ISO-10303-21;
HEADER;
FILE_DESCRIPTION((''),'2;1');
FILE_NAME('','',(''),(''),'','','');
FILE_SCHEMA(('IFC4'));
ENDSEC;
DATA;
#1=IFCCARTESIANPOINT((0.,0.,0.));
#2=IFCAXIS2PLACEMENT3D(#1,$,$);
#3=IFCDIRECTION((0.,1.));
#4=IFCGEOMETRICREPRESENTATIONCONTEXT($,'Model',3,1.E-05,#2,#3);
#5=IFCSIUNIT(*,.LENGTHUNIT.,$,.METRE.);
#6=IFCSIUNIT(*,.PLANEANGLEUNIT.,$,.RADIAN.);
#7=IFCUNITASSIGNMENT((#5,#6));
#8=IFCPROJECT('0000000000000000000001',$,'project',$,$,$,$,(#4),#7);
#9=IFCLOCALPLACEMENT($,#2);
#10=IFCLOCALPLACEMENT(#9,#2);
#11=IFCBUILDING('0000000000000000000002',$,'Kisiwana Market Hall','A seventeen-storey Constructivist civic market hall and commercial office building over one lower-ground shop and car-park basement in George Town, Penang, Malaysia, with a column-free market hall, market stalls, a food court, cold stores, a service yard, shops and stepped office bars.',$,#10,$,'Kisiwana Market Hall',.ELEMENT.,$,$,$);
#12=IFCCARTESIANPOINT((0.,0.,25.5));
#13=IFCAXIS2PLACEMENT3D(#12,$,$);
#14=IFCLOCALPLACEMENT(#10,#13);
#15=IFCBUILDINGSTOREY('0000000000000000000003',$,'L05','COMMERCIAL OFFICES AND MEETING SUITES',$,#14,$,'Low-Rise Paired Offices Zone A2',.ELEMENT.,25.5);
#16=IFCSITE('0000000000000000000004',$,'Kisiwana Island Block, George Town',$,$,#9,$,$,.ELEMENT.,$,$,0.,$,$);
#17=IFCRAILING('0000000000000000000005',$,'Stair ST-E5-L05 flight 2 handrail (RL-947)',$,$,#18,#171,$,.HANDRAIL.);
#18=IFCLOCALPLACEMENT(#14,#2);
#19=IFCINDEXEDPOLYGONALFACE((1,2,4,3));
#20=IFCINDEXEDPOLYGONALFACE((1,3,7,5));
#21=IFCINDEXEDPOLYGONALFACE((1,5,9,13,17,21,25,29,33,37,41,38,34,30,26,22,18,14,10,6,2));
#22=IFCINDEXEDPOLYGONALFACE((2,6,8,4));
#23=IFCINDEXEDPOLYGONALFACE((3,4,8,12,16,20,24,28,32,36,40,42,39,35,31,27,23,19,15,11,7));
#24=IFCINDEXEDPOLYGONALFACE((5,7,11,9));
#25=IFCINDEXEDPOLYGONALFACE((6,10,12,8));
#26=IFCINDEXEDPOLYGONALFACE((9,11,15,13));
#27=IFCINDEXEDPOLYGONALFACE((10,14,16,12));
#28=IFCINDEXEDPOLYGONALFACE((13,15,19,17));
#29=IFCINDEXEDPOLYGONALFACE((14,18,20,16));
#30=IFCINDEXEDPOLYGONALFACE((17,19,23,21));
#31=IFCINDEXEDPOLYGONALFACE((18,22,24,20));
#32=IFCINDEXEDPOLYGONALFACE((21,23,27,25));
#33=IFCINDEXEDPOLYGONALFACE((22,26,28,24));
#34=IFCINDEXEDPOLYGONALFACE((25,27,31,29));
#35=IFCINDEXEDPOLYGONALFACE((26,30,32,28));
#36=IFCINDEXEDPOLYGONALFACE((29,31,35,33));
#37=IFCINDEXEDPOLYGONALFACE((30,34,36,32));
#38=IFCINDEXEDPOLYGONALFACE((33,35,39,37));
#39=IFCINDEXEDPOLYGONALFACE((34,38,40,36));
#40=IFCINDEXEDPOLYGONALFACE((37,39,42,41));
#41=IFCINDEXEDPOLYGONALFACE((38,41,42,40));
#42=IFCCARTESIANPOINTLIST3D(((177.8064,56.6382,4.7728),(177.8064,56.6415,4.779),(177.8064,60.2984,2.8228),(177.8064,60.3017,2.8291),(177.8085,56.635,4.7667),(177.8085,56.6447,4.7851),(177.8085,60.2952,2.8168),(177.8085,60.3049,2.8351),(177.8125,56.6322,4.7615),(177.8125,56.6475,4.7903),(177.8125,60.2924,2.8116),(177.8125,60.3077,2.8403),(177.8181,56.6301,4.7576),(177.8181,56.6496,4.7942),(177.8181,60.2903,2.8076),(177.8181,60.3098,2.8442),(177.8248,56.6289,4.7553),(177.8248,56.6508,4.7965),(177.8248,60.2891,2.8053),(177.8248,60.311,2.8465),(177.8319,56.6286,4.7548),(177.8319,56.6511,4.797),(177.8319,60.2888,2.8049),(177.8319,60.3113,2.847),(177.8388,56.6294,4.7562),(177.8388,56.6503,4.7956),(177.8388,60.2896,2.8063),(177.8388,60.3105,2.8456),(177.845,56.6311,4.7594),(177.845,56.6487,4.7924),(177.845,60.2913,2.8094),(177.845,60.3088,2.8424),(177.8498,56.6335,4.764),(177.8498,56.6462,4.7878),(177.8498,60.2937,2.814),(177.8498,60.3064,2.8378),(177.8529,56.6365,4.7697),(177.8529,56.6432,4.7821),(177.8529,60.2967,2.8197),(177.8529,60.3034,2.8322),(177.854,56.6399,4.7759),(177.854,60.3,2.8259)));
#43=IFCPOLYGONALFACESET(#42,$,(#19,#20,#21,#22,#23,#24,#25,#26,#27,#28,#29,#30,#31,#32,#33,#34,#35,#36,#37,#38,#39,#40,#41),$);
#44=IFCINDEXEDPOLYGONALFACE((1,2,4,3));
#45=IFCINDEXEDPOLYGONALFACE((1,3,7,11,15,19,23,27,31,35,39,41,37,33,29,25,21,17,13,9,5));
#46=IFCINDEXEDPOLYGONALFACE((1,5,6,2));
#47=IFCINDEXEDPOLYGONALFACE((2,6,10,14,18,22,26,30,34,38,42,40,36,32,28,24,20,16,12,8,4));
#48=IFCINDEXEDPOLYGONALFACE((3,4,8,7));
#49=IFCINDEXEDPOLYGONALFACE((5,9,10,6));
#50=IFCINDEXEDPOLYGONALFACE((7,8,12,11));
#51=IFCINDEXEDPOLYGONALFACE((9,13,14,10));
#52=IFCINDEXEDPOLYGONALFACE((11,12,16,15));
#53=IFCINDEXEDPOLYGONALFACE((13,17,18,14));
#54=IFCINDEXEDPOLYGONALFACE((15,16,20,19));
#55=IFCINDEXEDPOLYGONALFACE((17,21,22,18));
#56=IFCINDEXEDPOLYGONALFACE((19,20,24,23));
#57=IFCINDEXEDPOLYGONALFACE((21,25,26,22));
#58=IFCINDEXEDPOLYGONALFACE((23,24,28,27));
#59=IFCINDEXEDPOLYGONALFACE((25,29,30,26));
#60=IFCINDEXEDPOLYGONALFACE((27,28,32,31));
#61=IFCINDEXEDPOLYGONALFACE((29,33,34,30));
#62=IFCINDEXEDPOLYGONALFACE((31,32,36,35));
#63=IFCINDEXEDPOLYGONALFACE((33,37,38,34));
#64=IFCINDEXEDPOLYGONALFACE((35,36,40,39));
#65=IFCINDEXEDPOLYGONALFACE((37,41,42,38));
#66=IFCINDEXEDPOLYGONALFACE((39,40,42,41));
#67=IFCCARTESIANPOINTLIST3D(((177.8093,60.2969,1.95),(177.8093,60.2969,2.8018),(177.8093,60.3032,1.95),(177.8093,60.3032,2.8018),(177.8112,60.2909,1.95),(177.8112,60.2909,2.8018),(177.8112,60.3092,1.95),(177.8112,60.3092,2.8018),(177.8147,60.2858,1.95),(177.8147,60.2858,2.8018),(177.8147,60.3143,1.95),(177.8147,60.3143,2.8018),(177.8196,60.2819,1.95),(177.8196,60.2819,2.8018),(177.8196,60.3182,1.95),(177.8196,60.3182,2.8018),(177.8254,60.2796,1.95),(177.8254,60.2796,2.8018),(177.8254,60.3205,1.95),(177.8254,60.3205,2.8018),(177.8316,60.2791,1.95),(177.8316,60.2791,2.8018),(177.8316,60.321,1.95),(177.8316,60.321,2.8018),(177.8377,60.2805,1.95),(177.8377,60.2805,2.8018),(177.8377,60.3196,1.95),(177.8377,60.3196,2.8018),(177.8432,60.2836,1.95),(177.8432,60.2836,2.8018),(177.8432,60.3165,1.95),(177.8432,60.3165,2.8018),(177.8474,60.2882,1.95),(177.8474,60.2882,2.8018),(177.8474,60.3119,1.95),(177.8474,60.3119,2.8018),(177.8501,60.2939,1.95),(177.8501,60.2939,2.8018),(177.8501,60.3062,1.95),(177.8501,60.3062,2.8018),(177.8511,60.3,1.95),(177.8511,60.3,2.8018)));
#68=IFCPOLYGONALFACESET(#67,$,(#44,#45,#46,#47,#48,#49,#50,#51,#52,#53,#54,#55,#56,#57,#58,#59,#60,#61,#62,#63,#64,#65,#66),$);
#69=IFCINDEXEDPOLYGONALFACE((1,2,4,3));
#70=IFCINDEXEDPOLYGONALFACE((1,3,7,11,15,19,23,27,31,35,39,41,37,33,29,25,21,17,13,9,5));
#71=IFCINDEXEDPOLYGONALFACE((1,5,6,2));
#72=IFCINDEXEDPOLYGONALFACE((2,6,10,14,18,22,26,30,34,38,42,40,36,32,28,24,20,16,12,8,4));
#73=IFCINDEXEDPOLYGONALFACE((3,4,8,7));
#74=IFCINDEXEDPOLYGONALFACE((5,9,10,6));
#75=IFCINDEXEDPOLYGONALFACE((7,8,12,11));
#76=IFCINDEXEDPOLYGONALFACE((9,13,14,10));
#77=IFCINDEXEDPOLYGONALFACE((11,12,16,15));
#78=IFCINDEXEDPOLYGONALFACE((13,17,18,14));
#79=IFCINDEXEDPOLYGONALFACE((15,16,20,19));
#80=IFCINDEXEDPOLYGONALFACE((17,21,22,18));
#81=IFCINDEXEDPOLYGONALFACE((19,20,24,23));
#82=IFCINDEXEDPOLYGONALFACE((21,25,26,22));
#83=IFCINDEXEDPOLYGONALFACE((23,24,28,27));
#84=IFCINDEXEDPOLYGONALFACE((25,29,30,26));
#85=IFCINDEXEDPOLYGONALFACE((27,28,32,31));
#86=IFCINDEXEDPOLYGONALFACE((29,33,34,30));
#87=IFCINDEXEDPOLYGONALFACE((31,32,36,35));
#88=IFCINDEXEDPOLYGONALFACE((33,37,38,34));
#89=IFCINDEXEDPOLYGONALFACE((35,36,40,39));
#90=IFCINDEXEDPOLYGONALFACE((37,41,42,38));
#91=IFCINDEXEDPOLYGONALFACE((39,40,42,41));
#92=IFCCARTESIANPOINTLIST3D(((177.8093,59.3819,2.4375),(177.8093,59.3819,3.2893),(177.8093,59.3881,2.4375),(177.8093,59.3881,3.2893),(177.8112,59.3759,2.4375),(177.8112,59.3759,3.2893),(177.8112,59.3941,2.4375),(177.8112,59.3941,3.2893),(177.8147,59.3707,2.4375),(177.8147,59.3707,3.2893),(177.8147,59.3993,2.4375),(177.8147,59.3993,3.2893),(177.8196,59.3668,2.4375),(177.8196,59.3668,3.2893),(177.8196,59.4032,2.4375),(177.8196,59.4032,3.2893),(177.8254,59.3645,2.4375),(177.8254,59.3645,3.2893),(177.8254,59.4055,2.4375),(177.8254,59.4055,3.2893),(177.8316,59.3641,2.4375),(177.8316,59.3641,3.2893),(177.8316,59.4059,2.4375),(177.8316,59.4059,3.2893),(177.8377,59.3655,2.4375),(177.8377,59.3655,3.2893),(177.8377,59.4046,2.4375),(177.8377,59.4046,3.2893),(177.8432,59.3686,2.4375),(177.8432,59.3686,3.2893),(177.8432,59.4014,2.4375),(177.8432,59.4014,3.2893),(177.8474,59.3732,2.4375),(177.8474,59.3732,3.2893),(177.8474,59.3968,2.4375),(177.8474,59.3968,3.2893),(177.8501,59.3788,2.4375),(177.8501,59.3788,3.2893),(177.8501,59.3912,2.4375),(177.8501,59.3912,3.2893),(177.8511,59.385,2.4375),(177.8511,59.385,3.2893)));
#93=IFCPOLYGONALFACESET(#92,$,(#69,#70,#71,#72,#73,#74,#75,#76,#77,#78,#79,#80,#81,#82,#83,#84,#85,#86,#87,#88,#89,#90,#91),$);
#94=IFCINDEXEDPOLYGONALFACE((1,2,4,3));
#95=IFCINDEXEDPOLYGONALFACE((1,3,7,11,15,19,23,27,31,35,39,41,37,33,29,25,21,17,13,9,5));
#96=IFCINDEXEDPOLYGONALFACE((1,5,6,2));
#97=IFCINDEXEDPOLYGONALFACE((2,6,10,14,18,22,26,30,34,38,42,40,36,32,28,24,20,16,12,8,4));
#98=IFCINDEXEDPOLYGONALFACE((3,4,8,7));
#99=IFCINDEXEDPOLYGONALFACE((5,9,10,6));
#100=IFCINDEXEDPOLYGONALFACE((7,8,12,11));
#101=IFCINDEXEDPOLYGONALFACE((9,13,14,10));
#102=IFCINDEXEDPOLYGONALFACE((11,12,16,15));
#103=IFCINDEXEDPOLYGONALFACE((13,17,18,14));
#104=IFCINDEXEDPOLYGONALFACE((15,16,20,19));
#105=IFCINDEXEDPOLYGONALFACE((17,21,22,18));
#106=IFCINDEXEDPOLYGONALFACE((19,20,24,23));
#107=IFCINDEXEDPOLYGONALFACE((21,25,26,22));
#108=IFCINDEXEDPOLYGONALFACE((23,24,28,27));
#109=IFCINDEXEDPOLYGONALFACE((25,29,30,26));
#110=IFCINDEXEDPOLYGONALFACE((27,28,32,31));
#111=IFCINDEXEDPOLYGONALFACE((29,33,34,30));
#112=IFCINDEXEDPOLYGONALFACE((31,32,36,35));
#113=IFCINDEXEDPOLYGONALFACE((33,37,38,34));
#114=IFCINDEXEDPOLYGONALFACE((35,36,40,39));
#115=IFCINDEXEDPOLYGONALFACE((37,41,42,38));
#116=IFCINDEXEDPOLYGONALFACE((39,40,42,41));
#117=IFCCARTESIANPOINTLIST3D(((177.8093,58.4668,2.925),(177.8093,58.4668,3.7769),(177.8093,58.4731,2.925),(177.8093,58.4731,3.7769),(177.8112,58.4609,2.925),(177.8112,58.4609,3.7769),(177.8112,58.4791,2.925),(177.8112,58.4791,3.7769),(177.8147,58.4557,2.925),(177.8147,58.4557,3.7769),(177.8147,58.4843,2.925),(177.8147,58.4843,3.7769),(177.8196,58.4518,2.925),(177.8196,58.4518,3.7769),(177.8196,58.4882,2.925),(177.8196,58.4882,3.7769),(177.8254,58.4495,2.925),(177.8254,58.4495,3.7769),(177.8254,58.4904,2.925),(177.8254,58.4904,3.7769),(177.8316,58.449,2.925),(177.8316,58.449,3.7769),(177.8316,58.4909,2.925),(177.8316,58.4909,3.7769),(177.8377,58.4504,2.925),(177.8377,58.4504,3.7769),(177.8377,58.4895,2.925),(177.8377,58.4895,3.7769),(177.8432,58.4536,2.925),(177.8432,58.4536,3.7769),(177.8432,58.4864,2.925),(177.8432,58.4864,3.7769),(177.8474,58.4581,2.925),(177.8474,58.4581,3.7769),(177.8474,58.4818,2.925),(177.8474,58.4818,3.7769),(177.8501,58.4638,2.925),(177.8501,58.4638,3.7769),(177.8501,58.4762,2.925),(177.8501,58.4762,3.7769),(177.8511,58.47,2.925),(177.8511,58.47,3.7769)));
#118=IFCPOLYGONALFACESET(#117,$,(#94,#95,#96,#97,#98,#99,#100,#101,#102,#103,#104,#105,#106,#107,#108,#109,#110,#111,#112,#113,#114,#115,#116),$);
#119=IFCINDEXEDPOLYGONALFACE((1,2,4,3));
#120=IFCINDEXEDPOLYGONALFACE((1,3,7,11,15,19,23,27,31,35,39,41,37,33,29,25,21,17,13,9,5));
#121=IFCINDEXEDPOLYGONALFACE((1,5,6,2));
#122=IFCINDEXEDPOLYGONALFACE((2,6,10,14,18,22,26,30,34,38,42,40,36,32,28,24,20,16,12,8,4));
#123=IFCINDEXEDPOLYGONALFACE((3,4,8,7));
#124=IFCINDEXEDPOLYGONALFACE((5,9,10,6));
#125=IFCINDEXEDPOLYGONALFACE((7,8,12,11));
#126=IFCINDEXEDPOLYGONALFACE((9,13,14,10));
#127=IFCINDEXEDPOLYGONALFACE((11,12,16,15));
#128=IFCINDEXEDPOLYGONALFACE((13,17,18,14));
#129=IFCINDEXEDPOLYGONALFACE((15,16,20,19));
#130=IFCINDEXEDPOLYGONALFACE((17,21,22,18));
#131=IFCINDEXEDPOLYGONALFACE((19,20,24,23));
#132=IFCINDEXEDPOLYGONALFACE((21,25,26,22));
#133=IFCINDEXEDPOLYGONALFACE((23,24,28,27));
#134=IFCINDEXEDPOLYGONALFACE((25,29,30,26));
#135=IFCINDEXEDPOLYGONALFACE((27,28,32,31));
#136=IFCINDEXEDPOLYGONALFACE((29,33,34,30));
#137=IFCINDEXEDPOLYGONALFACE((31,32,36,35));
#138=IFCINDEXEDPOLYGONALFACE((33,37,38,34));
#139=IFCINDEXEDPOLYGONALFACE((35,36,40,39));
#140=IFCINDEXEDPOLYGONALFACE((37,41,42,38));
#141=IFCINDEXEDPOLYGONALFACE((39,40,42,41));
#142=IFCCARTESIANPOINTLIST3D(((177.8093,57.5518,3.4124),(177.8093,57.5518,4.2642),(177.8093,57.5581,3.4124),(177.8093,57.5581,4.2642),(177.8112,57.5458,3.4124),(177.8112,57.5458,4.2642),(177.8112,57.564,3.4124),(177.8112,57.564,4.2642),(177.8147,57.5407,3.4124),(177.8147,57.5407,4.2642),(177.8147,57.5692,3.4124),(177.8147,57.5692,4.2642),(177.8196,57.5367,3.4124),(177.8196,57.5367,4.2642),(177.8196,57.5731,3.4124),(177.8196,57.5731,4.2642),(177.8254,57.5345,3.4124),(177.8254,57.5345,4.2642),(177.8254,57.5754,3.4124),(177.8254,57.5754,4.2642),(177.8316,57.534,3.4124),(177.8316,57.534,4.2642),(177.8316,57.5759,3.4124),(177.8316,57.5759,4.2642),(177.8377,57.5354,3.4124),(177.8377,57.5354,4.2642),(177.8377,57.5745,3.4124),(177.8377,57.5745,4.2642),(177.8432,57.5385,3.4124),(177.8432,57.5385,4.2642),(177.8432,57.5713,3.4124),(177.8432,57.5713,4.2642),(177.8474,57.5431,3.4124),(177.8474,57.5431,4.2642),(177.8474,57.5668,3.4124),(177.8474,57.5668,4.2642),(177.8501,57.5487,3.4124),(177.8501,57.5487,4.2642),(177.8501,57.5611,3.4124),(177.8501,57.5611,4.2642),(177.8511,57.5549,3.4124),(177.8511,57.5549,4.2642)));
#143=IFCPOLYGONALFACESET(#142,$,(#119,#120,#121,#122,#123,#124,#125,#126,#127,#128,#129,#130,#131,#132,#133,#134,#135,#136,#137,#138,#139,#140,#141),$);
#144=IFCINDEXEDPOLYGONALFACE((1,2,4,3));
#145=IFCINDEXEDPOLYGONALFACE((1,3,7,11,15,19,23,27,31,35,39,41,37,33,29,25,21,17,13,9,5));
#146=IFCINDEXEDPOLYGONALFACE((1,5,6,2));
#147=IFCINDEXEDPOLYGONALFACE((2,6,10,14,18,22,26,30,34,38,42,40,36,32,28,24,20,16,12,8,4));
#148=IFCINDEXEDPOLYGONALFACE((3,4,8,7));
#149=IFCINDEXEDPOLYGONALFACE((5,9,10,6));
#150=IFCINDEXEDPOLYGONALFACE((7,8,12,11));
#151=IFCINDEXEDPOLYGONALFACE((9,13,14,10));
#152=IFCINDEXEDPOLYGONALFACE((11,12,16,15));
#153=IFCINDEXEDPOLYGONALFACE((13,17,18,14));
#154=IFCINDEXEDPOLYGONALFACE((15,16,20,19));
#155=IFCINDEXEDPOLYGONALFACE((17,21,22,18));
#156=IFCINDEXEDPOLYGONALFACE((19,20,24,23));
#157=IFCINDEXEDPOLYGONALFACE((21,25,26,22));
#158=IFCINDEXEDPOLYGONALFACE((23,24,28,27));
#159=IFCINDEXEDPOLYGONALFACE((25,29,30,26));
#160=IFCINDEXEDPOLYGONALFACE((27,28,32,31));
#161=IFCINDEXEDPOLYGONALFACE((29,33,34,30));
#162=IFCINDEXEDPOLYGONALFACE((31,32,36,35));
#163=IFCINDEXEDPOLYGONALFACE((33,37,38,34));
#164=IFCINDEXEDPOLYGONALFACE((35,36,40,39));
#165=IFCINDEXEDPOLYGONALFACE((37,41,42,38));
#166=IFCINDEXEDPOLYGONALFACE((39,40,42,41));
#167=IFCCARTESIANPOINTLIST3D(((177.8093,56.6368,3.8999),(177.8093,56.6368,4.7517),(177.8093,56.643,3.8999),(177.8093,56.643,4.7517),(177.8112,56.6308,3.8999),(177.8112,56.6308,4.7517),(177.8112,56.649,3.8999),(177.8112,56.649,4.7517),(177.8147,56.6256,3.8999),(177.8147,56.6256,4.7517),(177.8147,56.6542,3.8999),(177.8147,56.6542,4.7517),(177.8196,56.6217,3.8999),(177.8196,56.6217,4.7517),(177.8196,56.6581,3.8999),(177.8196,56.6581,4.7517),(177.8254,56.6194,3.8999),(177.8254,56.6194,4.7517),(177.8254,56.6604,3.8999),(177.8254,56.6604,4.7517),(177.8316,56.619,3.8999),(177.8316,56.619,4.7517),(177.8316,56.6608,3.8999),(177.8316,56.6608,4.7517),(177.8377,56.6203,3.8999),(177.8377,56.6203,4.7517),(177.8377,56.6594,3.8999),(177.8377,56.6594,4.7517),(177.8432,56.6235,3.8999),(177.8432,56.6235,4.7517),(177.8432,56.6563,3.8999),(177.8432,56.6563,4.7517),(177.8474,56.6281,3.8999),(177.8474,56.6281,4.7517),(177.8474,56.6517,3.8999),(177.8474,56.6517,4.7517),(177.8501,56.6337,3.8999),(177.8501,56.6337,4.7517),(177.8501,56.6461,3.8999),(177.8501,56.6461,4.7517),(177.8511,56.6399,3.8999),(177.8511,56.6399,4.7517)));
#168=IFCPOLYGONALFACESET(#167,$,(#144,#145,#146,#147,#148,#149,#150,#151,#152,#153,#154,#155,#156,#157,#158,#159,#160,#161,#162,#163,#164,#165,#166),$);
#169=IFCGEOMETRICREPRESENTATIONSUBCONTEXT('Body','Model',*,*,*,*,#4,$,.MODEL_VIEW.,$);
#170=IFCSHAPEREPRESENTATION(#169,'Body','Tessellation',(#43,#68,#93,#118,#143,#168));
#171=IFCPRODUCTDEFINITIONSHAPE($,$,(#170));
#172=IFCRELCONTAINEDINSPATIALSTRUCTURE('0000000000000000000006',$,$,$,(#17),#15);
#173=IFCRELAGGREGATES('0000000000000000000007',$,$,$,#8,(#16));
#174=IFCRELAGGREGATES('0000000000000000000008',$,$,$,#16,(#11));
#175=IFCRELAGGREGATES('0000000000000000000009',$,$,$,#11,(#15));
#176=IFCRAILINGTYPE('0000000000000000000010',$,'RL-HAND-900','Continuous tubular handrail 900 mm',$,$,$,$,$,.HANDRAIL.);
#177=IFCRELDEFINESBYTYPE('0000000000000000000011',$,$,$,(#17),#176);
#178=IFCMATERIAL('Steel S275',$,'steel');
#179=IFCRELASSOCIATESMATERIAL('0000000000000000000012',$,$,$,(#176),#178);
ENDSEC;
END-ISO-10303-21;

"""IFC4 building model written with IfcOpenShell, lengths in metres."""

from ifc_helpers import new_model, si_unit, direction, frame, origin, origin_2d, place, context, subcontext, project, spatial, circle, extrude, material, type_object, element, save


model = new_model("IFC4")

# Units and contexts
model_context = context("Model", 3, precision=1e-05, world=origin(), true_north=direction((0.0, 1.0)))
body_context = subcontext(model_context, "Body", "Model", "MODEL_VIEW")
ifc_project = project(units=[si_unit("LENGTHUNIT", "METRE"), si_unit("PLANEANGLEUNIT", "RADIAN")], contexts=[model_context])

# Site, building, storey
site_placement = place(None, origin())
site = spatial("IfcSite", under=ifc_project, at=site_placement, Name="Kisiwana Island Block, George Town", CompositionType="ELEMENT", RefElevation=0.0)
building_placement = place(site_placement, origin())
building = spatial("IfcBuilding", under=site, at=building_placement, Name="Kisiwana Market Hall", Description="A seventeen-storey Constructivist civic market hall and commercial office building over one lower-ground shop and car-park basement in George Town, Penang, Malaysia, with a column-free market hall, market stalls, a food court, cold stores, a service yard, shops and stepped office bars.", LongName="Kisiwana Market Hall", CompositionType="ELEMENT")
storey_placement = place(building_placement, frame((0.0, 0.0, 25.5)))
storey = spatial("IfcBuildingStorey", under=building, at=storey_placement, Name="L05", Description="COMMERCIAL OFFICES AND MEETING SUITES", LongName="Low-Rise Paired Offices Zone A2", CompositionType="ELEMENT", Elevation=25.5)

# Railing
ifc_material_1 = material(Name="Steel S275", Category="steel")
railing_type_1 = type_object("IfcRailingType", Name="RL-HAND-900", Description="Continuous tubular handrail 900 mm", PredefinedType="HANDRAIL", material=ifc_material_1)
for number, where, name in (
    (1, (177.8301, 60.3, 1.95), "Stair ST-E5-L05 flight 2 handrail (RL-947)"),
):
    element("IfcRailing", number, at=place(storey_placement, frame(where)), inside=storey, type_object=railing_type_1, Name=name, PredefinedType="HANDRAIL", context=body_context, shape_type="SweptSolid", body=[
        extrude(circle(Radius=0.0239, at=origin_2d()), frame((0.0, 0.0, 0.876), z_axis=(0.0, -0.882566, 0.470188), x_axis=(1.0, 0.0, 0.0)), (0.0, 0.0, 1.0), 4.1472),
        extrude(circle(Radius=0.021, at=origin_2d()), origin(), (0.0, 0.0, 1.0), 0.8518),
        extrude(circle(Radius=0.021, at=origin_2d()), frame((0.0, -0.915, 0.4875)), (0.0, 0.0, 1.0), 0.8518),
        extrude(circle(Radius=0.021, at=origin_2d()), frame((0.0, -1.8301, 0.9751)), (0.0, 0.0, 1.0), 0.8518),
        extrude(circle(Radius=0.021, at=origin_2d()), frame((0.0, -2.7451, 1.4624)), (0.0, 0.0, 1.0), 0.8518),
        extrude(circle(Radius=0.021, at=origin_2d()), frame((0.0, -3.6602, 1.95)), (0.0, 0.0, 1.0), 0.8518),
    ])

save(model, "model.ifc")
